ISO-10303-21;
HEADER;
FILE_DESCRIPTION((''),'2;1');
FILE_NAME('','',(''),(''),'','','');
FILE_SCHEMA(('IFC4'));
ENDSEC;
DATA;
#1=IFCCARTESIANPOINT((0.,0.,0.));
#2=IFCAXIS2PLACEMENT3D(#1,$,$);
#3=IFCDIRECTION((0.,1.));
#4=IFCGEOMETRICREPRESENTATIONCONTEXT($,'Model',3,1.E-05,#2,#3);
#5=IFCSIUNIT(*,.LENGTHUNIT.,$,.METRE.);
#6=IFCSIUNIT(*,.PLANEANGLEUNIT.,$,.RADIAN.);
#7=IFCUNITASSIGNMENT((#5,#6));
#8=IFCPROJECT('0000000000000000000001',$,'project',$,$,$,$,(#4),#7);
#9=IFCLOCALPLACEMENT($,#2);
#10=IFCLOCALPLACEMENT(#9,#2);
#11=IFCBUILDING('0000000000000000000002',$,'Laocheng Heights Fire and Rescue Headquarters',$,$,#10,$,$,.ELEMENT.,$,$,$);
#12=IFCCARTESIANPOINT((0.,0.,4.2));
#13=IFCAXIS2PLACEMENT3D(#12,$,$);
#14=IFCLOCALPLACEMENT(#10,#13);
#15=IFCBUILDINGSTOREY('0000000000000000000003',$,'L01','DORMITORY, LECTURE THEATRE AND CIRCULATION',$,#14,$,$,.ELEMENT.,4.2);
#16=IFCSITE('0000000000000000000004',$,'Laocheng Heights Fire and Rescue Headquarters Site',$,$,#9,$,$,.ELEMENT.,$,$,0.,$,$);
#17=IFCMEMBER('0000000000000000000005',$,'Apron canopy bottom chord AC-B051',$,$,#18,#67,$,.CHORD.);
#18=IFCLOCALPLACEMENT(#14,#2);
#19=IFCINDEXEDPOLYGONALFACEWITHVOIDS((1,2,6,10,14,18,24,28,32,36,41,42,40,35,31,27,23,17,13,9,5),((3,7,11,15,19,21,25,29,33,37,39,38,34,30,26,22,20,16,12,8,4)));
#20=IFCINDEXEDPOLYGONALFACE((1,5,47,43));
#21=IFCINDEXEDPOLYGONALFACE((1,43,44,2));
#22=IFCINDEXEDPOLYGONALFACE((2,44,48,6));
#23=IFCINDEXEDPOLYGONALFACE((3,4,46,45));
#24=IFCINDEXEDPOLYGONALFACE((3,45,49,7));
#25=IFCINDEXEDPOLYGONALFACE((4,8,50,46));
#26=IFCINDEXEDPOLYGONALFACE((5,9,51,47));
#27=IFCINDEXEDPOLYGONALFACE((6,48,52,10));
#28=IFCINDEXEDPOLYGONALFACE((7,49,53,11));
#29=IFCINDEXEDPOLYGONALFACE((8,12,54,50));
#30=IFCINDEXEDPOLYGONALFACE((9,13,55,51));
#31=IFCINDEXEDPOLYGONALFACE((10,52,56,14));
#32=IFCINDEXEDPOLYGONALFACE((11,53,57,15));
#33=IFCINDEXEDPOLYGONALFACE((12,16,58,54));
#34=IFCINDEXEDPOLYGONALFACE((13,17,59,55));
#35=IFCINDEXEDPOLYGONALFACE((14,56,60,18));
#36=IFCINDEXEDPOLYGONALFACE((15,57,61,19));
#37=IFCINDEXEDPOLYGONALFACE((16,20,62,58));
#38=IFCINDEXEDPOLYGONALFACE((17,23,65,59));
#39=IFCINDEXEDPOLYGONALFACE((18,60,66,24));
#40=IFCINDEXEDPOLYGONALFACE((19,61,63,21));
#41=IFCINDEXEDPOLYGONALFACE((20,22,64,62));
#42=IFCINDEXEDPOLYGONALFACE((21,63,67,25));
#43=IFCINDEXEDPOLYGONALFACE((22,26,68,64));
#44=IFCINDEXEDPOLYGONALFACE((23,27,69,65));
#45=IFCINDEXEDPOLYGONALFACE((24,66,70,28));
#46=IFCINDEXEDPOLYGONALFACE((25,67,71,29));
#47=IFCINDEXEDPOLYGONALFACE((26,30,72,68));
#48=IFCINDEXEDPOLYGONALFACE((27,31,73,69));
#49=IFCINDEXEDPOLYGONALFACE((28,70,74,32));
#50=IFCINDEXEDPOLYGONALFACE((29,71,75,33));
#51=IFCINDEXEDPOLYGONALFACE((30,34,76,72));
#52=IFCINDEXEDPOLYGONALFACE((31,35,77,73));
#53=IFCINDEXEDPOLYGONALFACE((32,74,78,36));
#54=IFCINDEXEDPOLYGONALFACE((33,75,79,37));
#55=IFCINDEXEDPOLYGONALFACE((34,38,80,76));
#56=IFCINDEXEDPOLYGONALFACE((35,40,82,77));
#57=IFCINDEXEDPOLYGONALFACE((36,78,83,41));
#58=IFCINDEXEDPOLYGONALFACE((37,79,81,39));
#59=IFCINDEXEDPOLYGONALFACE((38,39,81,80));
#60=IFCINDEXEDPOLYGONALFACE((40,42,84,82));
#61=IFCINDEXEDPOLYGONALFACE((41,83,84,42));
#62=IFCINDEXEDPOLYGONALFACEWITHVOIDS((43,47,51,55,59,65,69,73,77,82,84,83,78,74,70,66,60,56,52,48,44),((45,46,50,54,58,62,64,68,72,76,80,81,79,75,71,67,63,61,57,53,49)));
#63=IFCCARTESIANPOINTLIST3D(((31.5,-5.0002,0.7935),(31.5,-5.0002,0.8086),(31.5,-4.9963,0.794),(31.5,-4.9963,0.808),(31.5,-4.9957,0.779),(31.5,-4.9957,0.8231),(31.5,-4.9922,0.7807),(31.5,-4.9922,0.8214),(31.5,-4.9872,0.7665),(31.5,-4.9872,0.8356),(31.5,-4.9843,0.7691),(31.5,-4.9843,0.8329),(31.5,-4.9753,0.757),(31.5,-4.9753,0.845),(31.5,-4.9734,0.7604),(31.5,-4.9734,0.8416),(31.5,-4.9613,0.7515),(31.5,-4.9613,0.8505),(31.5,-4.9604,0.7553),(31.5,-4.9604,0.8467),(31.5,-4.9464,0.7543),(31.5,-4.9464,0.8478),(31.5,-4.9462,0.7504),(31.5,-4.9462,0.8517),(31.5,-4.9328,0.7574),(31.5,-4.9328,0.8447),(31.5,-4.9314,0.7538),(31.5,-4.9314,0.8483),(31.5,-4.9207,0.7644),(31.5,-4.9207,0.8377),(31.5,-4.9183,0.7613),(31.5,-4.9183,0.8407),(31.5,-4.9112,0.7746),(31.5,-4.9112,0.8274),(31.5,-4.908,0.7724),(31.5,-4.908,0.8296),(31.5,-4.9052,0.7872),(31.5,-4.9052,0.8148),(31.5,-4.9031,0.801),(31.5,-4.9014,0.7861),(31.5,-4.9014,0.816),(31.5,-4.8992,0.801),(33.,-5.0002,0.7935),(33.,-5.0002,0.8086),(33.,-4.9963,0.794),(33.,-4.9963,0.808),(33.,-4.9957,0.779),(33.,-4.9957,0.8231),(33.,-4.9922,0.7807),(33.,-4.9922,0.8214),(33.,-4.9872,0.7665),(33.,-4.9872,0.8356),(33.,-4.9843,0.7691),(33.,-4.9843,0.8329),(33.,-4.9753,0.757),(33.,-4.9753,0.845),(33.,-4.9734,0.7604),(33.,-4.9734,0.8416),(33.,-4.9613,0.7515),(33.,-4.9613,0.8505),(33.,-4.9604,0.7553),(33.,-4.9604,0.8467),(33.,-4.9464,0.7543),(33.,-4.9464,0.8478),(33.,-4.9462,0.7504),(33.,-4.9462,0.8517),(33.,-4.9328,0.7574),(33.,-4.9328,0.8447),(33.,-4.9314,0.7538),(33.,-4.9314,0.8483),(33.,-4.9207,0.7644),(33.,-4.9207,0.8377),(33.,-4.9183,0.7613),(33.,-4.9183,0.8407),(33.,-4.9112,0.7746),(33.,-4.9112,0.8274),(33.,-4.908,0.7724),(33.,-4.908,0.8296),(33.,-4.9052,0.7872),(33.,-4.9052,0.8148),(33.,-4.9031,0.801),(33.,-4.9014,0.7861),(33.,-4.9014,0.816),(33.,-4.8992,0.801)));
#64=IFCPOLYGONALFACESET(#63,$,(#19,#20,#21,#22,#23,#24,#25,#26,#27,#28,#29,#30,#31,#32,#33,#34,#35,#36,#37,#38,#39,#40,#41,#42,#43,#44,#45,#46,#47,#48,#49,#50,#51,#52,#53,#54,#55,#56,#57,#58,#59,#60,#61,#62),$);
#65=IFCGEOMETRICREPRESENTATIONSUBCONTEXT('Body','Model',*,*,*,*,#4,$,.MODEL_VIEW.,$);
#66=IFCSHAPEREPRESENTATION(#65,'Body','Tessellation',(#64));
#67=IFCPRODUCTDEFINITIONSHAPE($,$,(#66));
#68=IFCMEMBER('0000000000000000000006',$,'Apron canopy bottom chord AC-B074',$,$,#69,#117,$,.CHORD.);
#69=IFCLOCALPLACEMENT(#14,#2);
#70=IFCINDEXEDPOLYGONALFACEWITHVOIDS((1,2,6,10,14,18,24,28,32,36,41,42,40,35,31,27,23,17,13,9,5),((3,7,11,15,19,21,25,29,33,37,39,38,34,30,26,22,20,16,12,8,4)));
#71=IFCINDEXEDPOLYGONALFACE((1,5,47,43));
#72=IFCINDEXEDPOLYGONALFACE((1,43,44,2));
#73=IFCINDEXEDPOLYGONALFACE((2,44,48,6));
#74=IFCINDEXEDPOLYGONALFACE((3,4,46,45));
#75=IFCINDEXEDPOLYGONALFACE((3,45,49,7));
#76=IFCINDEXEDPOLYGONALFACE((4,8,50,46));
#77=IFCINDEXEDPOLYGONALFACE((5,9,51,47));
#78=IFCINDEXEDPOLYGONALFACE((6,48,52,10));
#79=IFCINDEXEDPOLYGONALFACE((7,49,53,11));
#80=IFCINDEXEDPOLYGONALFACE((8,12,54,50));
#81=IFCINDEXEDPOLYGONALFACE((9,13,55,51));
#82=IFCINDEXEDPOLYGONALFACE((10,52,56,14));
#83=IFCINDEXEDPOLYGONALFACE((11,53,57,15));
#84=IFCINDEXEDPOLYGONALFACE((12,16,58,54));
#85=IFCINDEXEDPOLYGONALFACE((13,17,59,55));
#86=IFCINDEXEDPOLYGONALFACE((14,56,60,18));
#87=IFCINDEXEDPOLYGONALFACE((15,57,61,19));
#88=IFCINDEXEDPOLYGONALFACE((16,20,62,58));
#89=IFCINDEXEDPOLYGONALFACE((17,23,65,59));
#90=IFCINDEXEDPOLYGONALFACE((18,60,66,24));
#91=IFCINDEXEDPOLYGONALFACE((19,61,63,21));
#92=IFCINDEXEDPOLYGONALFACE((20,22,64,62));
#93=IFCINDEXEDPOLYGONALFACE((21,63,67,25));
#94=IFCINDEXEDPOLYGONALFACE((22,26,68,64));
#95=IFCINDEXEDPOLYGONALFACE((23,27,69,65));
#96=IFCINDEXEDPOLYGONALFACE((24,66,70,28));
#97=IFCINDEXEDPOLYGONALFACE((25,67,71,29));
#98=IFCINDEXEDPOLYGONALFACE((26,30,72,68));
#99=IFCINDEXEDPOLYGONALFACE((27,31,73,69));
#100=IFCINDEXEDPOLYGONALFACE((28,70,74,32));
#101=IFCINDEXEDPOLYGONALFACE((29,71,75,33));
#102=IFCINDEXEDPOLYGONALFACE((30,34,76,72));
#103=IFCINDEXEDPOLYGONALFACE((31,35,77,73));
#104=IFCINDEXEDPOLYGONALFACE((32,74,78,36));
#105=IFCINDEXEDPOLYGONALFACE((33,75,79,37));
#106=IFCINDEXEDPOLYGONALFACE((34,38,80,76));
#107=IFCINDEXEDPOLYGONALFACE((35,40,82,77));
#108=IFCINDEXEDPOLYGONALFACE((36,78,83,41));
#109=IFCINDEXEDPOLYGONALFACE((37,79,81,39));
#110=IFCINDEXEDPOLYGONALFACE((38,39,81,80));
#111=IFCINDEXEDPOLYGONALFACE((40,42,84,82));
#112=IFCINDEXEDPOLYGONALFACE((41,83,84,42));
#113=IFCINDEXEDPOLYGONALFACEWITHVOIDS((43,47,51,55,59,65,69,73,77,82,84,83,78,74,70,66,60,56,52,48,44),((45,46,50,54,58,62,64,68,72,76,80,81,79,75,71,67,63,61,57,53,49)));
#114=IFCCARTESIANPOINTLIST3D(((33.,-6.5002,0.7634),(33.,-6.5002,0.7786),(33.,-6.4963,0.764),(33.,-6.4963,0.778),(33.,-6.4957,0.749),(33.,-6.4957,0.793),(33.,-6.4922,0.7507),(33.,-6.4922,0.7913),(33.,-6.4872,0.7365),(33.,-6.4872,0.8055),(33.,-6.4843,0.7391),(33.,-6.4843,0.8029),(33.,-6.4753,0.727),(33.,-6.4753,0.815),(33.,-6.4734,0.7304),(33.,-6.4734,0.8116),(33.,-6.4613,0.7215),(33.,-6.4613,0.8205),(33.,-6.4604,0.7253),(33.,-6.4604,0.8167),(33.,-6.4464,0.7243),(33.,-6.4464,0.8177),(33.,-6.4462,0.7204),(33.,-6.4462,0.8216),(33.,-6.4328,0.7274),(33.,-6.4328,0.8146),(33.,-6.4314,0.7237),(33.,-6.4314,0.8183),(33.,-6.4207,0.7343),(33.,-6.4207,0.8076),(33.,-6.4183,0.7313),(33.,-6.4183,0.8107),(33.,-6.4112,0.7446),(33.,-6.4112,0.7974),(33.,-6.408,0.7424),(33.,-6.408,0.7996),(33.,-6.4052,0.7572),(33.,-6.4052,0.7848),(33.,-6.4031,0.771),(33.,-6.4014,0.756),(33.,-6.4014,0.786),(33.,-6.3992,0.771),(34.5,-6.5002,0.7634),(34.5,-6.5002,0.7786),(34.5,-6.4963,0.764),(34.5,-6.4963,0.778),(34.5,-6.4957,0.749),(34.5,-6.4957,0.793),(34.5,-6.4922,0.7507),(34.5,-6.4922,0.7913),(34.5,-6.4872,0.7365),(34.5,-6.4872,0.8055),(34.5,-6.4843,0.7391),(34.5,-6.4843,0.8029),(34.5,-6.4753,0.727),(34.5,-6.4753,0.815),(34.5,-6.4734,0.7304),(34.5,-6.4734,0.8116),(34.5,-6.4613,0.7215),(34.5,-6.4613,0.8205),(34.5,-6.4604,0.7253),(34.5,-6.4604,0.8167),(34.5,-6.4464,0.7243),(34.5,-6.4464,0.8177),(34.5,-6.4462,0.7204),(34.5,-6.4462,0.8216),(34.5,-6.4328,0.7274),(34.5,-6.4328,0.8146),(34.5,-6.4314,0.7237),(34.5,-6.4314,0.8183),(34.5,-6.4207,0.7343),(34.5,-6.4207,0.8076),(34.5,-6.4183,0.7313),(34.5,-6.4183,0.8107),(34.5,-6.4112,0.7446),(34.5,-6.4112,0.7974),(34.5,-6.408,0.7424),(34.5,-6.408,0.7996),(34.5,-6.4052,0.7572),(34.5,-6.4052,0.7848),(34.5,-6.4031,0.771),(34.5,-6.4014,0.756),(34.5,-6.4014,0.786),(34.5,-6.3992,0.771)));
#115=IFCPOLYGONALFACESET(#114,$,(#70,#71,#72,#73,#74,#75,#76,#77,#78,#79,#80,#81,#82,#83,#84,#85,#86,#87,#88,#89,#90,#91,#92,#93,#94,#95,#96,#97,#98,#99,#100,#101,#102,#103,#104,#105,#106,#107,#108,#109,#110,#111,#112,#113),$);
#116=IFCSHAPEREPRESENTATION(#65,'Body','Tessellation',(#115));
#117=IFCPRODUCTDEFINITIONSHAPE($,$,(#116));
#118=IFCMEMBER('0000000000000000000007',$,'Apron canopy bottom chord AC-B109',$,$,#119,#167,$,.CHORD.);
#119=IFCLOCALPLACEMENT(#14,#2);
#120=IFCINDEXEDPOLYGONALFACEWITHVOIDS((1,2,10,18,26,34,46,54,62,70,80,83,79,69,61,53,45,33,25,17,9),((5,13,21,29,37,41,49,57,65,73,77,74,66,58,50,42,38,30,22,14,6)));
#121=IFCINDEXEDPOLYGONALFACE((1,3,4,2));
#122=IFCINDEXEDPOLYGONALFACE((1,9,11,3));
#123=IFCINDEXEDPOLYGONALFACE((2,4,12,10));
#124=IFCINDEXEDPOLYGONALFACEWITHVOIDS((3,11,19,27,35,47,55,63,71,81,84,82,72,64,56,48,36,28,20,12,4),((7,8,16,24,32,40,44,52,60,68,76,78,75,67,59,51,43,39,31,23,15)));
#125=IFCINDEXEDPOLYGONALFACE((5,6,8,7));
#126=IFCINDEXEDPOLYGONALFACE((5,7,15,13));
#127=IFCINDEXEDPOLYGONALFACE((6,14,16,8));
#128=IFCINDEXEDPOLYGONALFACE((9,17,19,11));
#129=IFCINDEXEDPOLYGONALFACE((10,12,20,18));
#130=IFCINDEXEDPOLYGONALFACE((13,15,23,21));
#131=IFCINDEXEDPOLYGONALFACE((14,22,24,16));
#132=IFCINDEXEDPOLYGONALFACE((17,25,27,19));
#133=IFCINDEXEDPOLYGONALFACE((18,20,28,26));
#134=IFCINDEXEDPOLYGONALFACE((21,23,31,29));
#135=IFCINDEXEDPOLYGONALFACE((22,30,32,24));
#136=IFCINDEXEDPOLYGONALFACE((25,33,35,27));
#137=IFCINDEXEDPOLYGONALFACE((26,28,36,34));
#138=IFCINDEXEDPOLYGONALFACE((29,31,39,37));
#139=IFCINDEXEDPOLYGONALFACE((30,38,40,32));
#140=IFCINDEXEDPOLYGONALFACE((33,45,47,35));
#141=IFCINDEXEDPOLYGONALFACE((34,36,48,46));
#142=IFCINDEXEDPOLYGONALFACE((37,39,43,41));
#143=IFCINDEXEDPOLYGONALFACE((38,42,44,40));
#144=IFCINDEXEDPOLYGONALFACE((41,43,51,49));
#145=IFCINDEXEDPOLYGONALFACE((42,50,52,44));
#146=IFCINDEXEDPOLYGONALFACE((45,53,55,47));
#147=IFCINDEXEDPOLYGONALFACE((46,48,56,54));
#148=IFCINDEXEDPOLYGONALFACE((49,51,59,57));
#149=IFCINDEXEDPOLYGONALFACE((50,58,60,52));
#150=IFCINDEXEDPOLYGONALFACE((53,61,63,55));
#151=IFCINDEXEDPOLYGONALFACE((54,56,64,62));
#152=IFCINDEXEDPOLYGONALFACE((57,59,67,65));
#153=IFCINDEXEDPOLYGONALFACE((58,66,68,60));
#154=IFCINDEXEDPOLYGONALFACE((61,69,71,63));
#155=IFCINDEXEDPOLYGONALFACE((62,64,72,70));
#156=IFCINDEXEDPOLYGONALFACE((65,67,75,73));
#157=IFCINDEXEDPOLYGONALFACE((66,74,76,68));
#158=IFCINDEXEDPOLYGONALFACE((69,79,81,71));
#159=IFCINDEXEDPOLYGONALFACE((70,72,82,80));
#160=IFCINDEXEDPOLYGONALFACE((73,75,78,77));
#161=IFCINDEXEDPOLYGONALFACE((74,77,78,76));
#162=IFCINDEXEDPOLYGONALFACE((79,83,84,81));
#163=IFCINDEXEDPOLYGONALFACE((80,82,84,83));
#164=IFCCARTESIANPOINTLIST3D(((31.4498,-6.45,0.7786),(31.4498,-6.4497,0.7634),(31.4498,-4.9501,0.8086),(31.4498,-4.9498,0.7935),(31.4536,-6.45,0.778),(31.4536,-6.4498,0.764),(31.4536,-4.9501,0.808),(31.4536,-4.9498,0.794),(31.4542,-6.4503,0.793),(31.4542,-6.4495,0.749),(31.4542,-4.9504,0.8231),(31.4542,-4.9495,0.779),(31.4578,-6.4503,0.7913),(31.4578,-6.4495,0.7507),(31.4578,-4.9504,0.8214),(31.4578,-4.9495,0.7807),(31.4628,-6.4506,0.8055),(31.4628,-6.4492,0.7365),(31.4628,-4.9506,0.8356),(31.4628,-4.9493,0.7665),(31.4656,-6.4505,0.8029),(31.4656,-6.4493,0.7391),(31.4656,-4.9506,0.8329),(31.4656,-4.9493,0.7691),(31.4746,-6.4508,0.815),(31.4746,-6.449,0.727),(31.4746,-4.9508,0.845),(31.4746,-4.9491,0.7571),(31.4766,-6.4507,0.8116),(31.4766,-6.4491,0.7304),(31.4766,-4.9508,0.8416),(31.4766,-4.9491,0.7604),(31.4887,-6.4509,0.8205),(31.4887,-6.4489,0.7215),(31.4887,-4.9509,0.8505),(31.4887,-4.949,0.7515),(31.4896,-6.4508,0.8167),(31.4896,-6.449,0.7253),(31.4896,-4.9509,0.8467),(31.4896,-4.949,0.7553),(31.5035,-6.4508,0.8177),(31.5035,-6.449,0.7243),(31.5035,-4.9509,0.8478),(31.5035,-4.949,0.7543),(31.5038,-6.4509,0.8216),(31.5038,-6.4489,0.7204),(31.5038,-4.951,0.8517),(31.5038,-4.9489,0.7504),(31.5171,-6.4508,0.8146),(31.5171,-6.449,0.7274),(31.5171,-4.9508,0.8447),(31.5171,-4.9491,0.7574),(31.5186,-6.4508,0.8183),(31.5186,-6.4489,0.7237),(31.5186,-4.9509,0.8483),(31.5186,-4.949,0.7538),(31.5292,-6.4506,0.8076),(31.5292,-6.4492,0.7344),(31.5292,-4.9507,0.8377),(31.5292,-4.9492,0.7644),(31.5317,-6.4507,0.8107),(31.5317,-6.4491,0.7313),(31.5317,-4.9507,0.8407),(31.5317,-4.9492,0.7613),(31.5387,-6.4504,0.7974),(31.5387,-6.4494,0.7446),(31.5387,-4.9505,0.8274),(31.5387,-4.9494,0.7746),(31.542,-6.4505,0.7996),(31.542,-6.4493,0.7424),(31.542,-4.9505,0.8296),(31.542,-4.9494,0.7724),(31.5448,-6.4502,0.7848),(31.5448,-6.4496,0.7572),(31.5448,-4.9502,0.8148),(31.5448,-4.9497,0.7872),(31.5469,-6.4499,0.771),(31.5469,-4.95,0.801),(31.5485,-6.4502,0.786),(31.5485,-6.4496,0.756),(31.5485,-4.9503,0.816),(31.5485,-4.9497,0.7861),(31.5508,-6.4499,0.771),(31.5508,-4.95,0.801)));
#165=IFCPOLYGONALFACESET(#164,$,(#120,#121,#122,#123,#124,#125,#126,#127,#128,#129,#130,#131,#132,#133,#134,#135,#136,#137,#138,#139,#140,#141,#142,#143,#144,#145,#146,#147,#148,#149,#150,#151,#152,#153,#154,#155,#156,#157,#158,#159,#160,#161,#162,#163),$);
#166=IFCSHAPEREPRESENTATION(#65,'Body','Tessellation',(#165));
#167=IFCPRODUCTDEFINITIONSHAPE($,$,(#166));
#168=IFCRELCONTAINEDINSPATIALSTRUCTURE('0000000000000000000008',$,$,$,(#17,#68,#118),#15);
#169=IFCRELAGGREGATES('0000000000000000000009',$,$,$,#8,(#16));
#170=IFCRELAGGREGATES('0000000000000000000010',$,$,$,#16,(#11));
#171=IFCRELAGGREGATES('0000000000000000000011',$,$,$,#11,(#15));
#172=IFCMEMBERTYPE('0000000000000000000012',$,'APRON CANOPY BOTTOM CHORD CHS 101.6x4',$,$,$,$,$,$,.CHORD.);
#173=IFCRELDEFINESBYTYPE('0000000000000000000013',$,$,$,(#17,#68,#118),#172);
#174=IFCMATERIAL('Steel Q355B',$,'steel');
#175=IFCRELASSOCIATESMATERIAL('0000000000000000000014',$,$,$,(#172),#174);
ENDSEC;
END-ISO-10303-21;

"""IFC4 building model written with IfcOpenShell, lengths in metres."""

from ifc_helpers import new_model, si_unit, direction, frame, origin, origin_2d, place, context, subcontext, project, spatial, hollow_circle, extrude, material, material_profile, profile_set, type_object, element, save


model = new_model("IFC4")

# Units and contexts
model_context = context("Model", 3, precision=1e-05, world=origin(), true_north=direction((0.0, 1.0)))
body_context = subcontext(model_context, "Body", "Model", "MODEL_VIEW")
ifc_project = project(units=[si_unit("LENGTHUNIT", "METRE"), si_unit("PLANEANGLEUNIT", "RADIAN")], contexts=[model_context])

# Site, building, storey
site_placement = place(None, origin())
site = spatial("IfcSite", under=ifc_project, at=site_placement, Name="Laocheng Heights Fire and Rescue Headquarters Site", CompositionType="ELEMENT", RefElevation=0.0)
building_placement = place(site_placement, origin())
building = spatial("IfcBuilding", under=site, at=building_placement, Name="Laocheng Heights Fire and Rescue Headquarters", CompositionType="ELEMENT")
storey_placement = place(building_placement, frame((0.0, 0.0, 4.2)))
storey = spatial("IfcBuildingStorey", under=building, at=storey_placement, Name="L01", Description="DORMITORY, LECTURE THEATRE AND CIRCULATION", CompositionType="ELEMENT", Elevation=4.2)

# Members
ifc_material_1 = material(Name="Steel Q355B", Category="steel")
ifc_material_profile_1 = material_profile(ifc_material_1, hollow_circle(Radius=0.0508, WallThickness=0.0039, at=origin_2d()), Name="CHS 101.6x4")
ifc_profile_set_1 = profile_set([ifc_material_profile_1], Name="Steel Q355B")
member_type_1 = type_object("IfcMemberType", Name="APRON CANOPY BOTTOM CHORD CHS 101.6x4", PredefinedType="CHORD", material=ifc_profile_set_1)
for number, where, z_axis, x_axis, name in (
    (1, (31.5, -4.95, 0.801), (1.0, 0.0, 0.0), (0.0, 1.0, 0.0), "Apron canopy bottom chord AC-B051"),
    (2, (33.0, -6.45, 0.771), (1.0, 0.0, 0.0), (0.0, 1.0, 0.0), "Apron canopy bottom chord AC-B074"),
):
    element("IfcMember", number, at=place(storey_placement, frame(where, z_axis=z_axis, x_axis=x_axis)), inside=storey, type_object=member_type_1, Name=name, PredefinedType="CHORD", context=body_context, shape_type="SweptSolid", body=[
        extrude(hollow_circle(Radius=0.0508, WallThickness=0.0039, at=origin_2d()), origin(), (0.0, 0.0, 1.0), 1.5),
    ])
member_1_placement = place(storey_placement, frame((31.5, -4.95, 0.801), z_axis=(0.0, -0.9998, -0.020016), x_axis=(1.0, 0.0, 0.0)))
element("IfcMember", 3, at=member_1_placement, inside=storey, type_object=member_type_1, Name="Apron canopy bottom chord AC-B109", PredefinedType="CHORD", context=body_context, shape_type="SweptSolid", body=[
    extrude(hollow_circle(Radius=0.0508, WallThickness=0.0039, at=origin_2d()), origin(), (0.0, 0.0, 1.0), 1.5002),
])

save(model, "model.ifc")
